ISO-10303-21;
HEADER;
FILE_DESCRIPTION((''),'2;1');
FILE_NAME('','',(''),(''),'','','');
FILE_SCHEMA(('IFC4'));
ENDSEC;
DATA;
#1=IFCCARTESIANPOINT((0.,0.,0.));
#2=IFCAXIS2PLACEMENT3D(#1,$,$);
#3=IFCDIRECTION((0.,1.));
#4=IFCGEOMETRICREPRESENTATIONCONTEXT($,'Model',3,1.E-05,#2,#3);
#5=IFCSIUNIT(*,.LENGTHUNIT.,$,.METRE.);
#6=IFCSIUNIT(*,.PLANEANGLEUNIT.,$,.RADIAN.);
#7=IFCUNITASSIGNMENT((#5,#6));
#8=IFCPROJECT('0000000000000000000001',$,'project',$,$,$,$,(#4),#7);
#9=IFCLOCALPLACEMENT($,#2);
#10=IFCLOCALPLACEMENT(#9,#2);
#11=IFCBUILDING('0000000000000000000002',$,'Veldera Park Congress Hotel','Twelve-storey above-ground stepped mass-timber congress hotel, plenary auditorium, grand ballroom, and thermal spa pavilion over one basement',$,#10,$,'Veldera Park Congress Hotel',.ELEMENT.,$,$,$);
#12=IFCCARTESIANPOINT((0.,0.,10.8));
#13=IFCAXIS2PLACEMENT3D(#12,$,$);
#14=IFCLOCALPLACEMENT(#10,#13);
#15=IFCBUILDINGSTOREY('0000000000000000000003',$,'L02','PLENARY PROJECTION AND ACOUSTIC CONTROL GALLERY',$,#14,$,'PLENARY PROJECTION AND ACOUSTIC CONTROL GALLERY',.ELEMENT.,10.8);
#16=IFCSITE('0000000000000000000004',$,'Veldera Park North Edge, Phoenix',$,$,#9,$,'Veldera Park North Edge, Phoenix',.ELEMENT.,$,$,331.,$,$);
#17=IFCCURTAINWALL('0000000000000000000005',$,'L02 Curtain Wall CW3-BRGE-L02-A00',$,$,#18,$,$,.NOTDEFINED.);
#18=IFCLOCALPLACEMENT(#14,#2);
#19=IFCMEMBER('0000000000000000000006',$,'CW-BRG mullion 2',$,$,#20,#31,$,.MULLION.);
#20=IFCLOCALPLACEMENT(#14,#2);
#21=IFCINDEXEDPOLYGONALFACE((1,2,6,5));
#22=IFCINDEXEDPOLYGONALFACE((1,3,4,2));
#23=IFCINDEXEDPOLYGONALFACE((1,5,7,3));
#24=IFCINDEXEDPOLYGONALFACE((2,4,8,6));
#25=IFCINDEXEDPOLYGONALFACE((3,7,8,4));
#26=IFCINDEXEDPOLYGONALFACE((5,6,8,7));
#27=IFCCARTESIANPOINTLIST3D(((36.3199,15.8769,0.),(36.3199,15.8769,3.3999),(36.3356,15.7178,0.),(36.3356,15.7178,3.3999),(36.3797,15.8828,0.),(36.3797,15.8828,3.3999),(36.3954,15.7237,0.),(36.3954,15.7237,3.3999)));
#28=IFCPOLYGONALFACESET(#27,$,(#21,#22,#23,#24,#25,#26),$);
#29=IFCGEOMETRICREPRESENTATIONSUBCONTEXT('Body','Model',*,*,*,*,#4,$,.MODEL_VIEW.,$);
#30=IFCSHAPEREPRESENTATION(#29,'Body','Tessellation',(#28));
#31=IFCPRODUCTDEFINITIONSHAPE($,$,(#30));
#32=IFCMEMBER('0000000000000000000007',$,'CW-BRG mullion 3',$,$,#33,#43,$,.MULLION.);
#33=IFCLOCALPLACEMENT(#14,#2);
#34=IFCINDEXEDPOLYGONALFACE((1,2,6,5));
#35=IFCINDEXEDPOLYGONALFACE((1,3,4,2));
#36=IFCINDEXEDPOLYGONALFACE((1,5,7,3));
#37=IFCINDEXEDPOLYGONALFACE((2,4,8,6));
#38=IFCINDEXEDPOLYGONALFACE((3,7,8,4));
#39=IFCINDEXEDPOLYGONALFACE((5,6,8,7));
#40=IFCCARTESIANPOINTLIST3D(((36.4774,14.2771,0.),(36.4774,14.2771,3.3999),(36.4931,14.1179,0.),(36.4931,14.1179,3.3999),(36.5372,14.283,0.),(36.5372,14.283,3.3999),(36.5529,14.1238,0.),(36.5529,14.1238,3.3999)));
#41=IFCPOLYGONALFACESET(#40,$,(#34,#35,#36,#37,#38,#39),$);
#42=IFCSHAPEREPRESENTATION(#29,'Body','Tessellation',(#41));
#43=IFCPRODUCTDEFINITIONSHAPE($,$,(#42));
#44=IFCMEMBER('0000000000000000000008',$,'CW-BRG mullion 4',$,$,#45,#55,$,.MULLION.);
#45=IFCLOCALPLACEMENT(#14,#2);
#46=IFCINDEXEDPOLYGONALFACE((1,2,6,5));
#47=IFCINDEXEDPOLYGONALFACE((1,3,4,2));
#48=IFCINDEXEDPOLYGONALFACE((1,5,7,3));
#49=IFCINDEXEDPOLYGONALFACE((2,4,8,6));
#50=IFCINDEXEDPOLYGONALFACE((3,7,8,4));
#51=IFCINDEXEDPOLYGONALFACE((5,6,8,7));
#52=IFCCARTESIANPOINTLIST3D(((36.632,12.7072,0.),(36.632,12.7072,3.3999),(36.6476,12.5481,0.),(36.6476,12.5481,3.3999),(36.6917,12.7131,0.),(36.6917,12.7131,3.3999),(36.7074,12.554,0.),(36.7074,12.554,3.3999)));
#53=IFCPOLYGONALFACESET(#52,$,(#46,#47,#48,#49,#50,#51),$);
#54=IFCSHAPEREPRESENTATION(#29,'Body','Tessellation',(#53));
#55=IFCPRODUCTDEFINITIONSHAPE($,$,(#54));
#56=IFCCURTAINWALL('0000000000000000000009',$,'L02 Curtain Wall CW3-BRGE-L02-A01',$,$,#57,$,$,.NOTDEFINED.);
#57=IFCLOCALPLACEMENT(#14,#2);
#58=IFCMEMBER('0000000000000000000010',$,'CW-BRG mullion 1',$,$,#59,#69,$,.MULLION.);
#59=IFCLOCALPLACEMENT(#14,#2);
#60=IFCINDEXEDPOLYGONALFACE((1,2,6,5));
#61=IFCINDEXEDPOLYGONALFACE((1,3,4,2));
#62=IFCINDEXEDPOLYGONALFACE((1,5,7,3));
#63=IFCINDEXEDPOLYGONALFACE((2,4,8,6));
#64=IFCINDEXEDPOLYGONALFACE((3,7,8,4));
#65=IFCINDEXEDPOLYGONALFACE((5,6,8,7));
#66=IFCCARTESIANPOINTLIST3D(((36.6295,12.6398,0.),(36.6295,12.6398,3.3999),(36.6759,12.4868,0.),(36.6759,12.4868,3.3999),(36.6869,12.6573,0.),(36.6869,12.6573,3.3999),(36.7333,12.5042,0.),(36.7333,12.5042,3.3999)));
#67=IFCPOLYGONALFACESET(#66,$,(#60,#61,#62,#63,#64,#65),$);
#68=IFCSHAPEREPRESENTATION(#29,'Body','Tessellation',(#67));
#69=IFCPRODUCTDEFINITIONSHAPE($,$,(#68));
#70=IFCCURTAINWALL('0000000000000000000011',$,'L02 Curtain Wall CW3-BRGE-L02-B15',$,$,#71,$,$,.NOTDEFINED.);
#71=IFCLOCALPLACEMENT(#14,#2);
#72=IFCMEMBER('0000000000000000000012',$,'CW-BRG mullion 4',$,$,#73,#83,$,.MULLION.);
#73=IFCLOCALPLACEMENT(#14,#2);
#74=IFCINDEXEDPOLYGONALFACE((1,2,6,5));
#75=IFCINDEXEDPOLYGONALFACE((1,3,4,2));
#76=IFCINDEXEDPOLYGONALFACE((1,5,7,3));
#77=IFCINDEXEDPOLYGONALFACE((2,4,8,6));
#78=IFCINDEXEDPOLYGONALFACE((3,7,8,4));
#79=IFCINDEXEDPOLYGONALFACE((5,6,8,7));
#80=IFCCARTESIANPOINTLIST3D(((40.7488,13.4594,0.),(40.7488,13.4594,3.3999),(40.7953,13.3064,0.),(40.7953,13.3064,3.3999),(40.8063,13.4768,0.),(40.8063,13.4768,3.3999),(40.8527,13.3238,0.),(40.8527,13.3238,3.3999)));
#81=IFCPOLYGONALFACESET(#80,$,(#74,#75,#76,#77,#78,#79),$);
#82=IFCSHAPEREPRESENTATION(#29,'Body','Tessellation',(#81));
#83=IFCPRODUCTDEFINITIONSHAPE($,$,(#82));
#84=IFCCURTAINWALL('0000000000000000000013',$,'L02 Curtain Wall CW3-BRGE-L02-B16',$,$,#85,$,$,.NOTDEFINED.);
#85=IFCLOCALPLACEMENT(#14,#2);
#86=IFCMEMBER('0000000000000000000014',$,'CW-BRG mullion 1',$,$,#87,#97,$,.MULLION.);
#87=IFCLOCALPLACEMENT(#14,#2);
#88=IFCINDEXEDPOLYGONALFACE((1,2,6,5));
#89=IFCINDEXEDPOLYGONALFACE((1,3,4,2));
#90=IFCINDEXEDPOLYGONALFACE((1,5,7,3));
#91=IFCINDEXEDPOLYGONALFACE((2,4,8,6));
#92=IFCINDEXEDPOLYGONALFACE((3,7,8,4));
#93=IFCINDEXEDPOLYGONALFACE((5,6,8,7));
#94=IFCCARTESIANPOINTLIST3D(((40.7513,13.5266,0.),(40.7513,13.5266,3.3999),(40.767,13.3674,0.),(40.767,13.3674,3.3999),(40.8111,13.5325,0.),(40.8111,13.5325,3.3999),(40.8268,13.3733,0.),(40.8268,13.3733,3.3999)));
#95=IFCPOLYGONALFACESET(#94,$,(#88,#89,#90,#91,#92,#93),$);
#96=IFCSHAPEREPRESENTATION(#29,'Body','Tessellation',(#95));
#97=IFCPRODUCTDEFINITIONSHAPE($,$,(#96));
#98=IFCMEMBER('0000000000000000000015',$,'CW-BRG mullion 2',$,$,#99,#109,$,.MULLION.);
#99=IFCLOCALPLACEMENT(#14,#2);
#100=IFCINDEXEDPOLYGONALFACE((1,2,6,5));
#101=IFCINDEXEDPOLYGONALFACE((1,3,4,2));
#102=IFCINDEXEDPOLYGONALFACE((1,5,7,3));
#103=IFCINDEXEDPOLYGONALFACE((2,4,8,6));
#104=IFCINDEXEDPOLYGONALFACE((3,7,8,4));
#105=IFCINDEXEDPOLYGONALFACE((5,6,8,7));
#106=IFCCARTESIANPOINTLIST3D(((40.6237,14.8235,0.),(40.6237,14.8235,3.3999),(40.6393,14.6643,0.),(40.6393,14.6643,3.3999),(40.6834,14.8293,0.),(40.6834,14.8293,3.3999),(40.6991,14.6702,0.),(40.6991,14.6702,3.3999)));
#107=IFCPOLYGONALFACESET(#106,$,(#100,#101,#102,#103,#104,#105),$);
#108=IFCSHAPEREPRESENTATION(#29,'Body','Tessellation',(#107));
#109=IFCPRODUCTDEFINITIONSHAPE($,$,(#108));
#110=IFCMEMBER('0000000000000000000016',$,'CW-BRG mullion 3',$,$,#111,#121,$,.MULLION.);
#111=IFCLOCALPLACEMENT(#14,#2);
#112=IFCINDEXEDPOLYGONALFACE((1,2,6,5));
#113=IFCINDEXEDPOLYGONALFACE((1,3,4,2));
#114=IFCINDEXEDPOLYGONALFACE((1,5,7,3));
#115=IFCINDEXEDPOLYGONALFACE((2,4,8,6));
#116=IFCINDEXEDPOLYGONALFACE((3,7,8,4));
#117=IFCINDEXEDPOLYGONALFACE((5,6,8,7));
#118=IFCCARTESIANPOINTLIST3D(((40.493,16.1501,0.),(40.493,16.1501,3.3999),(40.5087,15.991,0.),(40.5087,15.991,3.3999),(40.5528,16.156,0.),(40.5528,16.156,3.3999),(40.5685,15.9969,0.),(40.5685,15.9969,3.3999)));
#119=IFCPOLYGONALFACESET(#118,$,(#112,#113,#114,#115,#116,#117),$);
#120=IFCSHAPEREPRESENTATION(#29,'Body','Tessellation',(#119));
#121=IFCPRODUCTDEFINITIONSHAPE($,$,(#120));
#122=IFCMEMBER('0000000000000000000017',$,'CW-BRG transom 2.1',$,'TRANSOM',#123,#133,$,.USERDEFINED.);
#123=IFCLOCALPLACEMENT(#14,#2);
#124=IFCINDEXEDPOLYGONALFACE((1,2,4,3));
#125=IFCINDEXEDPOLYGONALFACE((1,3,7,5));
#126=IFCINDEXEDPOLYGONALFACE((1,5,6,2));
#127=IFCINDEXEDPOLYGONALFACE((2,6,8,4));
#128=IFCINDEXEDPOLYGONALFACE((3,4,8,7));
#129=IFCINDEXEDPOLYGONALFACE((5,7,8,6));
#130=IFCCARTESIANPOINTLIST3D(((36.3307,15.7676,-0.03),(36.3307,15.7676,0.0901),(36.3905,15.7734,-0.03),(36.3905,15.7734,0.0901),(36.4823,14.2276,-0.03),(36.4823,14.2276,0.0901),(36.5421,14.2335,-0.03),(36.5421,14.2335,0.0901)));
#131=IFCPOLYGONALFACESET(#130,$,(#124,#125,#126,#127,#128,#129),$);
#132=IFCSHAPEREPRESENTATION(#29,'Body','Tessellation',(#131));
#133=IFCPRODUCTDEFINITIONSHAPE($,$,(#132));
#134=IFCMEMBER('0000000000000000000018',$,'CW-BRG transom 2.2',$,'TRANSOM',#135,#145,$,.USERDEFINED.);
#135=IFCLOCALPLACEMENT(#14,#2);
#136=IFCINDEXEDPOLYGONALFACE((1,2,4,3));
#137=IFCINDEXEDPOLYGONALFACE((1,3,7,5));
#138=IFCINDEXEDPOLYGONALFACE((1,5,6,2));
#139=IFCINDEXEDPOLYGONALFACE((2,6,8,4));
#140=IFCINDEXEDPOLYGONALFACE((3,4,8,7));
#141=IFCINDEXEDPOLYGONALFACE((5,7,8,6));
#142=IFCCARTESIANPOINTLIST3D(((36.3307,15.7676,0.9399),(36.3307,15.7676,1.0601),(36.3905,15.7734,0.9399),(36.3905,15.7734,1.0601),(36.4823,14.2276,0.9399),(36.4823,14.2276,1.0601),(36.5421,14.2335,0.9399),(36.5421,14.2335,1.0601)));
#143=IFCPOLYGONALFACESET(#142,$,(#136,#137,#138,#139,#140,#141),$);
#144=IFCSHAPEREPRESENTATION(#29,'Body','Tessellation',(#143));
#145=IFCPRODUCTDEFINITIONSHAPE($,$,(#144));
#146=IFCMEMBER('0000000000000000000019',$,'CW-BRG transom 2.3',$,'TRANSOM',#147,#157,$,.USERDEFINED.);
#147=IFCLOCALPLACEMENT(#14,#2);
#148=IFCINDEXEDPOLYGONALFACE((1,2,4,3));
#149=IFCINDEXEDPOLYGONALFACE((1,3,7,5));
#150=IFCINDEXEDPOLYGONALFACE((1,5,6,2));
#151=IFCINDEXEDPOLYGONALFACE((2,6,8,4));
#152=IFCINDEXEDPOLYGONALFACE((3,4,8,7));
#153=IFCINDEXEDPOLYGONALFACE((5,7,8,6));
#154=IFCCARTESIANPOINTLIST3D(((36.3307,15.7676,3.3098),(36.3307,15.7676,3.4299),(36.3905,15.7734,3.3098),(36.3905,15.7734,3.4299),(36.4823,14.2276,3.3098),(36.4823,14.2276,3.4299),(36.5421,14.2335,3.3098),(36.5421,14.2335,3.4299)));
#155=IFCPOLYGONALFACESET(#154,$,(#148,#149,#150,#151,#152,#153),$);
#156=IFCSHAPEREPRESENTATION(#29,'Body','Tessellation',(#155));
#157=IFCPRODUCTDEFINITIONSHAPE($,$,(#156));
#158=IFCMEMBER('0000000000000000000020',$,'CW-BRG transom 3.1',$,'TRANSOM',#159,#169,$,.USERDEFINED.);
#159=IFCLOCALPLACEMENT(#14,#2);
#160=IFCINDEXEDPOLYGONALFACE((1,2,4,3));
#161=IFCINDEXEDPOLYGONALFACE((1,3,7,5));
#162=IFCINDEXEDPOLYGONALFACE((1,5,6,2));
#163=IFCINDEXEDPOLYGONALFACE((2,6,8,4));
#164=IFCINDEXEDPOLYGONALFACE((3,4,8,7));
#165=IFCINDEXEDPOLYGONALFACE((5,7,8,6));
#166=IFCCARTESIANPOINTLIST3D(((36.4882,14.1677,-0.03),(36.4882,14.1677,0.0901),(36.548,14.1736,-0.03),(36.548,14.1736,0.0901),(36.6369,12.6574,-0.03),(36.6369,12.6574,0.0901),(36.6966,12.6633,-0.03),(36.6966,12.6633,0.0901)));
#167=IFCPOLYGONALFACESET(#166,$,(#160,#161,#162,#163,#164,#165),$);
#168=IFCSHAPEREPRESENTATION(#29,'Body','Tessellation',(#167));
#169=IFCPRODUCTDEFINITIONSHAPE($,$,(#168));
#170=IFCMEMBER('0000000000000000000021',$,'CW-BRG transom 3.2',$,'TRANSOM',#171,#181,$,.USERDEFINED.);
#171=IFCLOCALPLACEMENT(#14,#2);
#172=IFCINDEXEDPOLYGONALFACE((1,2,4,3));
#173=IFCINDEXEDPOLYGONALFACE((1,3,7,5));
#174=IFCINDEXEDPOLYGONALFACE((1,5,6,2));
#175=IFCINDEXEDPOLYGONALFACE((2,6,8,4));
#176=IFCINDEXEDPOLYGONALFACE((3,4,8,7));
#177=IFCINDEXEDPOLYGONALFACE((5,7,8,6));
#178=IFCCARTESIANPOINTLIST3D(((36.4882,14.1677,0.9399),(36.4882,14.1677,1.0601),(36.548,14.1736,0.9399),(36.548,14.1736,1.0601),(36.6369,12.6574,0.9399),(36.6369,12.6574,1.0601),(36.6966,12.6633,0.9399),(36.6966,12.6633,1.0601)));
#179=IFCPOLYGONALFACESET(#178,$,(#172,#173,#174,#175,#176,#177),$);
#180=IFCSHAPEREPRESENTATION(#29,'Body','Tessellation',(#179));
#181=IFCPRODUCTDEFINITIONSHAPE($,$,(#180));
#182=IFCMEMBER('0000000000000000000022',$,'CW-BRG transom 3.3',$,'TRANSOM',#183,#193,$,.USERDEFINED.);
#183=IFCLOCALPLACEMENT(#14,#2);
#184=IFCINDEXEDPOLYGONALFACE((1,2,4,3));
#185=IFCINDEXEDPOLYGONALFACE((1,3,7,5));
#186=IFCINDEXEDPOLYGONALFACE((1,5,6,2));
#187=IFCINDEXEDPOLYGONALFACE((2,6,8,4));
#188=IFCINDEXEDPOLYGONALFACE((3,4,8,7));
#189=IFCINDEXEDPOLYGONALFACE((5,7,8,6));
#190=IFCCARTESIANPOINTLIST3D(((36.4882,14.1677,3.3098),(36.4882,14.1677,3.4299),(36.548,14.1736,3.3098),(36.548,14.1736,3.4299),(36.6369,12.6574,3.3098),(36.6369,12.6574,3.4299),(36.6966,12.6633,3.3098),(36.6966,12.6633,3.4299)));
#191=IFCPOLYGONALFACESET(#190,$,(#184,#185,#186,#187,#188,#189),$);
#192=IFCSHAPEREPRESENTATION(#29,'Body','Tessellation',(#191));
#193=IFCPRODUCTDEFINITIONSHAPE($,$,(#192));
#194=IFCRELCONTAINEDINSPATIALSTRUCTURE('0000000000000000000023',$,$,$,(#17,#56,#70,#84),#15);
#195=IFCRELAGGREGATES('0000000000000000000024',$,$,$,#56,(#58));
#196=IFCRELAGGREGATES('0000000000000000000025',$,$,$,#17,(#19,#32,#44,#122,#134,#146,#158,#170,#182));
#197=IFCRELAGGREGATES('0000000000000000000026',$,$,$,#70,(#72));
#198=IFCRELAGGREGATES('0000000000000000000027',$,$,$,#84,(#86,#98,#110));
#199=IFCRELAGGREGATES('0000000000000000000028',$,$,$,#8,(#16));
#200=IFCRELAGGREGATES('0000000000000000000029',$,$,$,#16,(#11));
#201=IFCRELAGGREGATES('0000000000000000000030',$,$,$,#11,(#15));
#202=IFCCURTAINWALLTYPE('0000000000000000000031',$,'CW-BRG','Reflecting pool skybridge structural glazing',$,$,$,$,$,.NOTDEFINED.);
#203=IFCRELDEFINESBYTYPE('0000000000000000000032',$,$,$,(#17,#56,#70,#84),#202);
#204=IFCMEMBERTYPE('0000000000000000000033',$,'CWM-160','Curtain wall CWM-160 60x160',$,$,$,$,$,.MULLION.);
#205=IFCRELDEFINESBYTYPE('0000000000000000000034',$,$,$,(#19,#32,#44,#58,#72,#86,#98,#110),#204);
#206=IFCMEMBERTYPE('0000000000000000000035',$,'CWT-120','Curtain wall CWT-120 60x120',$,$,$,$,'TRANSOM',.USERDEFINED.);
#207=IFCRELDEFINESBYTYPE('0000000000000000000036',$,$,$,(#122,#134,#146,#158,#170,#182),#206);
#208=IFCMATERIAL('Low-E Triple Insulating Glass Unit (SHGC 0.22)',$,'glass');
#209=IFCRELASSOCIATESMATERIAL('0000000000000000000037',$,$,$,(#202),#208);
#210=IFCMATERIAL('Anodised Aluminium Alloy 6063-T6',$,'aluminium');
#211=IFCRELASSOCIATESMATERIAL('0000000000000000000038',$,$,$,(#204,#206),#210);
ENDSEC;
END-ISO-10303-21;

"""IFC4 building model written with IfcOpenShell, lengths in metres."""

from ifc_helpers import new_model, si_unit, direction, frame, origin, origin_2d, place, context, subcontext, project, spatial, rectangle, extrude, material, material_profile, profile_set, type_object, element, aggregate, save


model = new_model("IFC4")

# Units and contexts
model_context = context("Model", 3, precision=1e-05, world=origin(), true_north=direction((0.0, 1.0)))
body_context = subcontext(model_context, "Body", "Model", "MODEL_VIEW")
ifc_project = project(units=[si_unit("LENGTHUNIT", "METRE"), si_unit("PLANEANGLEUNIT", "RADIAN")], contexts=[model_context])

# Site, building, storey
site_placement = place(None, origin())
site = spatial("IfcSite", under=ifc_project, at=site_placement, Name="Veldera Park North Edge, Phoenix", LongName="Veldera Park North Edge, Phoenix", CompositionType="ELEMENT", RefElevation=331.0)
building_placement = place(site_placement, origin())
building = spatial("IfcBuilding", under=site, at=building_placement, Name="Veldera Park Congress Hotel", Description="Twelve-storey above-ground stepped mass-timber congress hotel, plenary auditorium, grand ballroom, and thermal spa pavilion over one basement", LongName="Veldera Park Congress Hotel", CompositionType="ELEMENT")
storey_placement = place(building_placement, frame((0.0, 0.0, 10.8)))
storey = spatial("IfcBuildingStorey", under=building, at=storey_placement, Name="L02", Description="PLENARY PROJECTION AND ACOUSTIC CONTROL GALLERY", LongName="PLENARY PROJECTION AND ACOUSTIC CONTROL GALLERY", CompositionType="ELEMENT", Elevation=10.8)

# Curtain wall, members
ifc_material_1 = material(Name="Low-E Triple Insulating Glass Unit (SHGC 0.22)", Category="glass")
curtain_wall_type = type_object("IfcCurtainWallType", Name="CW-BRG", Description="Reflecting pool skybridge structural glazing", PredefinedType="NOTDEFINED", material=ifc_material_1)
curtain_wall_1_placement = place(storey_placement, origin())
curtain_wall_1 = element("IfcCurtainWall", 1, at=curtain_wall_1_placement, inside=storey, type_object=curtain_wall_type, Name="L02 Curtain Wall CW3-BRGE-L02-A00", PredefinedType="NOTDEFINED")
ifc_material_2 = material(Name="Anodised Aluminium Alloy 6063-T6", Category="aluminium")
ifc_material_profile_1 = material_profile(ifc_material_2, rectangle(XDim=0.0601, YDim=0.1599, at=origin_2d()), Name="ALU 60x160")
ifc_profile_set_1 = profile_set([ifc_material_profile_1], Name="Anodised Aluminium Alloy 6063-T6")
member_type_1 = type_object("IfcMemberType", Name="CWM-160", Description="Curtain wall CWM-160 60x160", PredefinedType="MULLION", material=ifc_profile_set_1)
member_1_placement = place(storey_placement, frame((36.3577, 15.8003, 0.0), z_axis=(0.0, 0.0, 1.0), x_axis=(0.995184, 0.098021, 0.0)))
member_1 = element("IfcMember", 2, at=member_1_placement, type_object=member_type_1, Name="CW-BRG mullion 2", PredefinedType="MULLION", context=body_context, shape_type="SweptSolid", body=[
    extrude(rectangle(XDim=0.0601, YDim=0.1599, at=origin_2d()), origin(), (0.0, 0.0, 1.0), 3.3999),
])
member_2_placement = place(storey_placement, frame((36.5151, 14.2004, 0.0), z_axis=(0.0, 0.0, 1.0), x_axis=(0.995184, 0.098021, 0.0)))
member_2 = element("IfcMember", 3, at=member_2_placement, type_object=member_type_1, Name="CW-BRG mullion 3", PredefinedType="MULLION", context=body_context, shape_type="SweptSolid", body=[
    extrude(rectangle(XDim=0.0601, YDim=0.1599, at=origin_2d()), origin(), (0.0, 0.0, 1.0), 3.3999),
])
member_3_placement = place(storey_placement, frame((36.6697, 12.6306, 0.0), z_axis=(0.0, 0.0, 1.0), x_axis=(0.995184, 0.098021, 0.0)))
member_3 = element("IfcMember", 4, at=member_3_placement, type_object=member_type_1, Name="CW-BRG mullion 4", PredefinedType="MULLION", context=body_context, shape_type="SweptSolid", body=[
    extrude(rectangle(XDim=0.0601, YDim=0.1599, at=origin_2d()), origin(), (0.0, 0.0, 1.0), 3.3999),
])

# Curtain walls, members
curtain_wall_2_placement = place(storey_placement, origin())
curtain_wall_2 = element("IfcCurtainWall", 5, at=curtain_wall_2_placement, inside=storey, type_object=curtain_wall_type, Name="L02 Curtain Wall CW3-BRGE-L02-A01", PredefinedType="NOTDEFINED")
member_4_placement = place(storey_placement, frame((36.6814, 12.572, 0.0), z_axis=(0.0, 0.0, 1.0), x_axis=(0.956939, 0.290288, 0.0)))
member_4 = element("IfcMember", 6, at=member_4_placement, type_object=member_type_1, Name="CW-BRG mullion 1", PredefinedType="MULLION", context=body_context, shape_type="SweptSolid", body=[
    extrude(rectangle(XDim=0.0601, YDim=0.1599, at=origin_2d()), origin(), (0.0, 0.0, 1.0), 3.3999),
])
curtain_wall_3_placement = place(storey_placement, origin())
curtain_wall_3 = element("IfcCurtainWall", 7, at=curtain_wall_3_placement, inside=storey, type_object=curtain_wall_type, Name="L02 Curtain Wall CW3-BRGE-L02-B15", PredefinedType="NOTDEFINED")
member_5_placement = place(storey_placement, frame((40.8008, 13.3916, 0.0), z_axis=(0.0, 0.0, 1.0), x_axis=(-0.956939, -0.29029, 0.0)))
member_5 = element("IfcMember", 8, at=member_5_placement, type_object=member_type_1, Name="CW-BRG mullion 4", PredefinedType="MULLION", context=body_context, shape_type="SweptSolid", body=[
    extrude(rectangle(XDim=0.0601, YDim=0.1599, at=origin_2d()), origin(), (0.0, 0.0, 1.0), 3.3999),
])

# Curtain wall, members
curtain_wall_4_placement = place(storey_placement, origin())
curtain_wall_4 = element("IfcCurtainWall", 9, at=curtain_wall_4_placement, inside=storey, type_object=curtain_wall_type, Name="L02 Curtain Wall CW3-BRGE-L02-B16", PredefinedType="NOTDEFINED")
member_6_placement = place(storey_placement, frame((40.7891, 13.45, 0.0), z_axis=(0.0, 0.0, 1.0), x_axis=(-0.995184, -0.098023, 0.0)))
member_6 = element("IfcMember", 10, at=member_6_placement, type_object=member_type_1, Name="CW-BRG mullion 1", PredefinedType="MULLION", context=body_context, shape_type="SweptSolid", body=[
    extrude(rectangle(XDim=0.0601, YDim=0.1599, at=origin_2d()), origin(), (0.0, 0.0, 1.0), 3.3999),
])
member_7_placement = place(storey_placement, frame((40.6614, 14.7468, 0.0), z_axis=(0.0, 0.0, 1.0), x_axis=(-0.995184, -0.098023, 0.0)))
member_7 = element("IfcMember", 11, at=member_7_placement, type_object=member_type_1, Name="CW-BRG mullion 2", PredefinedType="MULLION", context=body_context, shape_type="SweptSolid", body=[
    extrude(rectangle(XDim=0.0601, YDim=0.1599, at=origin_2d()), origin(), (0.0, 0.0, 1.0), 3.3999),
])
member_8_placement = place(storey_placement, frame((40.5308, 16.0735, 0.0), z_axis=(0.0, 0.0, 1.0), x_axis=(-0.995184, -0.098023, 0.0)))
member_8 = element("IfcMember", 12, at=member_8_placement, type_object=member_type_1, Name="CW-BRG mullion 3", PredefinedType="MULLION", context=body_context, shape_type="SweptSolid", body=[
    extrude(rectangle(XDim=0.0601, YDim=0.1599, at=origin_2d()), origin(), (0.0, 0.0, 1.0), 3.3999),
])

# Members
ifc_material_profile_2 = material_profile(ifc_material_2, rectangle(XDim=0.0601, YDim=0.1201, at=origin_2d()), Name="ALU 60x120")
ifc_profile_set_2 = profile_set([ifc_material_profile_2], Name="Anodised Aluminium Alloy 6063-T6")
member_type_2 = type_object("IfcMemberType", Name="CWT-120", Description="Curtain wall CWT-120 60x120", ElementType="TRANSOM", PredefinedType="USERDEFINED", material=ifc_profile_set_2)
member_9_placement = place(storey_placement, frame((36.3606, 15.7705, 0.03), z_axis=(0.097973, -0.995189, 0.0), x_axis=(0.995189, 0.097973, 0.0)))
member_9 = element("IfcMember", 13, at=member_9_placement, type_object=member_type_2, Name="CW-BRG transom 2.1", ObjectType="TRANSOM", PredefinedType="USERDEFINED", context=body_context, shape_type="SweptSolid", body=[
    extrude(rectangle(XDim=0.0601, YDim=0.1201, at=origin_2d()), origin(), (0.0, 0.0, 1.0), 1.5474),
])
member_10_placement = place(storey_placement, frame((36.3606, 15.7705, 1.0), z_axis=(0.097973, -0.995189, 0.0), x_axis=(0.995189, 0.097973, 0.0)))
member_10 = element("IfcMember", 14, at=member_10_placement, type_object=member_type_2, Name="CW-BRG transom 2.2", ObjectType="TRANSOM", PredefinedType="USERDEFINED", context=body_context, shape_type="SweptSolid", body=[
    extrude(rectangle(XDim=0.0601, YDim=0.1201, at=origin_2d()), origin(), (0.0, 0.0, 1.0), 1.5474),
])
member_11_placement = place(storey_placement, frame((36.3606, 15.7705, 3.3699), z_axis=(0.097973, -0.995189, 0.0), x_axis=(0.995189, 0.097973, 0.0)))
member_11 = element("IfcMember", 15, at=member_11_placement, type_object=member_type_2, Name="CW-BRG transom 2.3", ObjectType="TRANSOM", PredefinedType="USERDEFINED", context=body_context, shape_type="SweptSolid", body=[
    extrude(rectangle(XDim=0.0601, YDim=0.1201, at=origin_2d()), origin(), (0.0, 0.0, 1.0), 1.5474),
])
member_12_placement = place(storey_placement, frame((36.5181, 14.1707, 0.03), z_axis=(0.097974, -0.995189, 0.0), x_axis=(0.995189, 0.097974, 0.0)))
member_12 = element("IfcMember", 16, at=member_12_placement, type_object=member_type_2, Name="CW-BRG transom 3.1", ObjectType="TRANSOM", PredefinedType="USERDEFINED", context=body_context, shape_type="SweptSolid", body=[
    extrude(rectangle(XDim=0.0601, YDim=0.1201, at=origin_2d()), origin(), (0.0, 0.0, 1.0), 1.5176),
])
member_13_placement = place(storey_placement, frame((36.5181, 14.1707, 1.0), z_axis=(0.097974, -0.995189, 0.0), x_axis=(0.995189, 0.097974, 0.0)))
member_13 = element("IfcMember", 17, at=member_13_placement, type_object=member_type_2, Name="CW-BRG transom 3.2", ObjectType="TRANSOM", PredefinedType="USERDEFINED", context=body_context, shape_type="SweptSolid", body=[
    extrude(rectangle(XDim=0.0601, YDim=0.1201, at=origin_2d()), origin(), (0.0, 0.0, 1.0), 1.5176),
])
member_14_placement = place(storey_placement, frame((36.5181, 14.1707, 3.3699), z_axis=(0.097974, -0.995189, 0.0), x_axis=(0.995189, 0.097974, 0.0)))
member_14 = element("IfcMember", 18, at=member_14_placement, type_object=member_type_2, Name="CW-BRG transom 3.3", ObjectType="TRANSOM", PredefinedType="USERDEFINED", context=body_context, shape_type="SweptSolid", body=[
    extrude(rectangle(XDim=0.0601, YDim=0.1201, at=origin_2d()), origin(), (0.0, 0.0, 1.0), 1.5176),
])
aggregate(curtain_wall_2, [member_4])

aggregate(curtain_wall_1, [member_1, member_2, member_3, member_9, member_10, member_11, member_12, member_13, member_14])
aggregate(curtain_wall_3, [member_5])
aggregate(curtain_wall_4, [member_6, member_7, member_8])

save(model, "model.ifc")
